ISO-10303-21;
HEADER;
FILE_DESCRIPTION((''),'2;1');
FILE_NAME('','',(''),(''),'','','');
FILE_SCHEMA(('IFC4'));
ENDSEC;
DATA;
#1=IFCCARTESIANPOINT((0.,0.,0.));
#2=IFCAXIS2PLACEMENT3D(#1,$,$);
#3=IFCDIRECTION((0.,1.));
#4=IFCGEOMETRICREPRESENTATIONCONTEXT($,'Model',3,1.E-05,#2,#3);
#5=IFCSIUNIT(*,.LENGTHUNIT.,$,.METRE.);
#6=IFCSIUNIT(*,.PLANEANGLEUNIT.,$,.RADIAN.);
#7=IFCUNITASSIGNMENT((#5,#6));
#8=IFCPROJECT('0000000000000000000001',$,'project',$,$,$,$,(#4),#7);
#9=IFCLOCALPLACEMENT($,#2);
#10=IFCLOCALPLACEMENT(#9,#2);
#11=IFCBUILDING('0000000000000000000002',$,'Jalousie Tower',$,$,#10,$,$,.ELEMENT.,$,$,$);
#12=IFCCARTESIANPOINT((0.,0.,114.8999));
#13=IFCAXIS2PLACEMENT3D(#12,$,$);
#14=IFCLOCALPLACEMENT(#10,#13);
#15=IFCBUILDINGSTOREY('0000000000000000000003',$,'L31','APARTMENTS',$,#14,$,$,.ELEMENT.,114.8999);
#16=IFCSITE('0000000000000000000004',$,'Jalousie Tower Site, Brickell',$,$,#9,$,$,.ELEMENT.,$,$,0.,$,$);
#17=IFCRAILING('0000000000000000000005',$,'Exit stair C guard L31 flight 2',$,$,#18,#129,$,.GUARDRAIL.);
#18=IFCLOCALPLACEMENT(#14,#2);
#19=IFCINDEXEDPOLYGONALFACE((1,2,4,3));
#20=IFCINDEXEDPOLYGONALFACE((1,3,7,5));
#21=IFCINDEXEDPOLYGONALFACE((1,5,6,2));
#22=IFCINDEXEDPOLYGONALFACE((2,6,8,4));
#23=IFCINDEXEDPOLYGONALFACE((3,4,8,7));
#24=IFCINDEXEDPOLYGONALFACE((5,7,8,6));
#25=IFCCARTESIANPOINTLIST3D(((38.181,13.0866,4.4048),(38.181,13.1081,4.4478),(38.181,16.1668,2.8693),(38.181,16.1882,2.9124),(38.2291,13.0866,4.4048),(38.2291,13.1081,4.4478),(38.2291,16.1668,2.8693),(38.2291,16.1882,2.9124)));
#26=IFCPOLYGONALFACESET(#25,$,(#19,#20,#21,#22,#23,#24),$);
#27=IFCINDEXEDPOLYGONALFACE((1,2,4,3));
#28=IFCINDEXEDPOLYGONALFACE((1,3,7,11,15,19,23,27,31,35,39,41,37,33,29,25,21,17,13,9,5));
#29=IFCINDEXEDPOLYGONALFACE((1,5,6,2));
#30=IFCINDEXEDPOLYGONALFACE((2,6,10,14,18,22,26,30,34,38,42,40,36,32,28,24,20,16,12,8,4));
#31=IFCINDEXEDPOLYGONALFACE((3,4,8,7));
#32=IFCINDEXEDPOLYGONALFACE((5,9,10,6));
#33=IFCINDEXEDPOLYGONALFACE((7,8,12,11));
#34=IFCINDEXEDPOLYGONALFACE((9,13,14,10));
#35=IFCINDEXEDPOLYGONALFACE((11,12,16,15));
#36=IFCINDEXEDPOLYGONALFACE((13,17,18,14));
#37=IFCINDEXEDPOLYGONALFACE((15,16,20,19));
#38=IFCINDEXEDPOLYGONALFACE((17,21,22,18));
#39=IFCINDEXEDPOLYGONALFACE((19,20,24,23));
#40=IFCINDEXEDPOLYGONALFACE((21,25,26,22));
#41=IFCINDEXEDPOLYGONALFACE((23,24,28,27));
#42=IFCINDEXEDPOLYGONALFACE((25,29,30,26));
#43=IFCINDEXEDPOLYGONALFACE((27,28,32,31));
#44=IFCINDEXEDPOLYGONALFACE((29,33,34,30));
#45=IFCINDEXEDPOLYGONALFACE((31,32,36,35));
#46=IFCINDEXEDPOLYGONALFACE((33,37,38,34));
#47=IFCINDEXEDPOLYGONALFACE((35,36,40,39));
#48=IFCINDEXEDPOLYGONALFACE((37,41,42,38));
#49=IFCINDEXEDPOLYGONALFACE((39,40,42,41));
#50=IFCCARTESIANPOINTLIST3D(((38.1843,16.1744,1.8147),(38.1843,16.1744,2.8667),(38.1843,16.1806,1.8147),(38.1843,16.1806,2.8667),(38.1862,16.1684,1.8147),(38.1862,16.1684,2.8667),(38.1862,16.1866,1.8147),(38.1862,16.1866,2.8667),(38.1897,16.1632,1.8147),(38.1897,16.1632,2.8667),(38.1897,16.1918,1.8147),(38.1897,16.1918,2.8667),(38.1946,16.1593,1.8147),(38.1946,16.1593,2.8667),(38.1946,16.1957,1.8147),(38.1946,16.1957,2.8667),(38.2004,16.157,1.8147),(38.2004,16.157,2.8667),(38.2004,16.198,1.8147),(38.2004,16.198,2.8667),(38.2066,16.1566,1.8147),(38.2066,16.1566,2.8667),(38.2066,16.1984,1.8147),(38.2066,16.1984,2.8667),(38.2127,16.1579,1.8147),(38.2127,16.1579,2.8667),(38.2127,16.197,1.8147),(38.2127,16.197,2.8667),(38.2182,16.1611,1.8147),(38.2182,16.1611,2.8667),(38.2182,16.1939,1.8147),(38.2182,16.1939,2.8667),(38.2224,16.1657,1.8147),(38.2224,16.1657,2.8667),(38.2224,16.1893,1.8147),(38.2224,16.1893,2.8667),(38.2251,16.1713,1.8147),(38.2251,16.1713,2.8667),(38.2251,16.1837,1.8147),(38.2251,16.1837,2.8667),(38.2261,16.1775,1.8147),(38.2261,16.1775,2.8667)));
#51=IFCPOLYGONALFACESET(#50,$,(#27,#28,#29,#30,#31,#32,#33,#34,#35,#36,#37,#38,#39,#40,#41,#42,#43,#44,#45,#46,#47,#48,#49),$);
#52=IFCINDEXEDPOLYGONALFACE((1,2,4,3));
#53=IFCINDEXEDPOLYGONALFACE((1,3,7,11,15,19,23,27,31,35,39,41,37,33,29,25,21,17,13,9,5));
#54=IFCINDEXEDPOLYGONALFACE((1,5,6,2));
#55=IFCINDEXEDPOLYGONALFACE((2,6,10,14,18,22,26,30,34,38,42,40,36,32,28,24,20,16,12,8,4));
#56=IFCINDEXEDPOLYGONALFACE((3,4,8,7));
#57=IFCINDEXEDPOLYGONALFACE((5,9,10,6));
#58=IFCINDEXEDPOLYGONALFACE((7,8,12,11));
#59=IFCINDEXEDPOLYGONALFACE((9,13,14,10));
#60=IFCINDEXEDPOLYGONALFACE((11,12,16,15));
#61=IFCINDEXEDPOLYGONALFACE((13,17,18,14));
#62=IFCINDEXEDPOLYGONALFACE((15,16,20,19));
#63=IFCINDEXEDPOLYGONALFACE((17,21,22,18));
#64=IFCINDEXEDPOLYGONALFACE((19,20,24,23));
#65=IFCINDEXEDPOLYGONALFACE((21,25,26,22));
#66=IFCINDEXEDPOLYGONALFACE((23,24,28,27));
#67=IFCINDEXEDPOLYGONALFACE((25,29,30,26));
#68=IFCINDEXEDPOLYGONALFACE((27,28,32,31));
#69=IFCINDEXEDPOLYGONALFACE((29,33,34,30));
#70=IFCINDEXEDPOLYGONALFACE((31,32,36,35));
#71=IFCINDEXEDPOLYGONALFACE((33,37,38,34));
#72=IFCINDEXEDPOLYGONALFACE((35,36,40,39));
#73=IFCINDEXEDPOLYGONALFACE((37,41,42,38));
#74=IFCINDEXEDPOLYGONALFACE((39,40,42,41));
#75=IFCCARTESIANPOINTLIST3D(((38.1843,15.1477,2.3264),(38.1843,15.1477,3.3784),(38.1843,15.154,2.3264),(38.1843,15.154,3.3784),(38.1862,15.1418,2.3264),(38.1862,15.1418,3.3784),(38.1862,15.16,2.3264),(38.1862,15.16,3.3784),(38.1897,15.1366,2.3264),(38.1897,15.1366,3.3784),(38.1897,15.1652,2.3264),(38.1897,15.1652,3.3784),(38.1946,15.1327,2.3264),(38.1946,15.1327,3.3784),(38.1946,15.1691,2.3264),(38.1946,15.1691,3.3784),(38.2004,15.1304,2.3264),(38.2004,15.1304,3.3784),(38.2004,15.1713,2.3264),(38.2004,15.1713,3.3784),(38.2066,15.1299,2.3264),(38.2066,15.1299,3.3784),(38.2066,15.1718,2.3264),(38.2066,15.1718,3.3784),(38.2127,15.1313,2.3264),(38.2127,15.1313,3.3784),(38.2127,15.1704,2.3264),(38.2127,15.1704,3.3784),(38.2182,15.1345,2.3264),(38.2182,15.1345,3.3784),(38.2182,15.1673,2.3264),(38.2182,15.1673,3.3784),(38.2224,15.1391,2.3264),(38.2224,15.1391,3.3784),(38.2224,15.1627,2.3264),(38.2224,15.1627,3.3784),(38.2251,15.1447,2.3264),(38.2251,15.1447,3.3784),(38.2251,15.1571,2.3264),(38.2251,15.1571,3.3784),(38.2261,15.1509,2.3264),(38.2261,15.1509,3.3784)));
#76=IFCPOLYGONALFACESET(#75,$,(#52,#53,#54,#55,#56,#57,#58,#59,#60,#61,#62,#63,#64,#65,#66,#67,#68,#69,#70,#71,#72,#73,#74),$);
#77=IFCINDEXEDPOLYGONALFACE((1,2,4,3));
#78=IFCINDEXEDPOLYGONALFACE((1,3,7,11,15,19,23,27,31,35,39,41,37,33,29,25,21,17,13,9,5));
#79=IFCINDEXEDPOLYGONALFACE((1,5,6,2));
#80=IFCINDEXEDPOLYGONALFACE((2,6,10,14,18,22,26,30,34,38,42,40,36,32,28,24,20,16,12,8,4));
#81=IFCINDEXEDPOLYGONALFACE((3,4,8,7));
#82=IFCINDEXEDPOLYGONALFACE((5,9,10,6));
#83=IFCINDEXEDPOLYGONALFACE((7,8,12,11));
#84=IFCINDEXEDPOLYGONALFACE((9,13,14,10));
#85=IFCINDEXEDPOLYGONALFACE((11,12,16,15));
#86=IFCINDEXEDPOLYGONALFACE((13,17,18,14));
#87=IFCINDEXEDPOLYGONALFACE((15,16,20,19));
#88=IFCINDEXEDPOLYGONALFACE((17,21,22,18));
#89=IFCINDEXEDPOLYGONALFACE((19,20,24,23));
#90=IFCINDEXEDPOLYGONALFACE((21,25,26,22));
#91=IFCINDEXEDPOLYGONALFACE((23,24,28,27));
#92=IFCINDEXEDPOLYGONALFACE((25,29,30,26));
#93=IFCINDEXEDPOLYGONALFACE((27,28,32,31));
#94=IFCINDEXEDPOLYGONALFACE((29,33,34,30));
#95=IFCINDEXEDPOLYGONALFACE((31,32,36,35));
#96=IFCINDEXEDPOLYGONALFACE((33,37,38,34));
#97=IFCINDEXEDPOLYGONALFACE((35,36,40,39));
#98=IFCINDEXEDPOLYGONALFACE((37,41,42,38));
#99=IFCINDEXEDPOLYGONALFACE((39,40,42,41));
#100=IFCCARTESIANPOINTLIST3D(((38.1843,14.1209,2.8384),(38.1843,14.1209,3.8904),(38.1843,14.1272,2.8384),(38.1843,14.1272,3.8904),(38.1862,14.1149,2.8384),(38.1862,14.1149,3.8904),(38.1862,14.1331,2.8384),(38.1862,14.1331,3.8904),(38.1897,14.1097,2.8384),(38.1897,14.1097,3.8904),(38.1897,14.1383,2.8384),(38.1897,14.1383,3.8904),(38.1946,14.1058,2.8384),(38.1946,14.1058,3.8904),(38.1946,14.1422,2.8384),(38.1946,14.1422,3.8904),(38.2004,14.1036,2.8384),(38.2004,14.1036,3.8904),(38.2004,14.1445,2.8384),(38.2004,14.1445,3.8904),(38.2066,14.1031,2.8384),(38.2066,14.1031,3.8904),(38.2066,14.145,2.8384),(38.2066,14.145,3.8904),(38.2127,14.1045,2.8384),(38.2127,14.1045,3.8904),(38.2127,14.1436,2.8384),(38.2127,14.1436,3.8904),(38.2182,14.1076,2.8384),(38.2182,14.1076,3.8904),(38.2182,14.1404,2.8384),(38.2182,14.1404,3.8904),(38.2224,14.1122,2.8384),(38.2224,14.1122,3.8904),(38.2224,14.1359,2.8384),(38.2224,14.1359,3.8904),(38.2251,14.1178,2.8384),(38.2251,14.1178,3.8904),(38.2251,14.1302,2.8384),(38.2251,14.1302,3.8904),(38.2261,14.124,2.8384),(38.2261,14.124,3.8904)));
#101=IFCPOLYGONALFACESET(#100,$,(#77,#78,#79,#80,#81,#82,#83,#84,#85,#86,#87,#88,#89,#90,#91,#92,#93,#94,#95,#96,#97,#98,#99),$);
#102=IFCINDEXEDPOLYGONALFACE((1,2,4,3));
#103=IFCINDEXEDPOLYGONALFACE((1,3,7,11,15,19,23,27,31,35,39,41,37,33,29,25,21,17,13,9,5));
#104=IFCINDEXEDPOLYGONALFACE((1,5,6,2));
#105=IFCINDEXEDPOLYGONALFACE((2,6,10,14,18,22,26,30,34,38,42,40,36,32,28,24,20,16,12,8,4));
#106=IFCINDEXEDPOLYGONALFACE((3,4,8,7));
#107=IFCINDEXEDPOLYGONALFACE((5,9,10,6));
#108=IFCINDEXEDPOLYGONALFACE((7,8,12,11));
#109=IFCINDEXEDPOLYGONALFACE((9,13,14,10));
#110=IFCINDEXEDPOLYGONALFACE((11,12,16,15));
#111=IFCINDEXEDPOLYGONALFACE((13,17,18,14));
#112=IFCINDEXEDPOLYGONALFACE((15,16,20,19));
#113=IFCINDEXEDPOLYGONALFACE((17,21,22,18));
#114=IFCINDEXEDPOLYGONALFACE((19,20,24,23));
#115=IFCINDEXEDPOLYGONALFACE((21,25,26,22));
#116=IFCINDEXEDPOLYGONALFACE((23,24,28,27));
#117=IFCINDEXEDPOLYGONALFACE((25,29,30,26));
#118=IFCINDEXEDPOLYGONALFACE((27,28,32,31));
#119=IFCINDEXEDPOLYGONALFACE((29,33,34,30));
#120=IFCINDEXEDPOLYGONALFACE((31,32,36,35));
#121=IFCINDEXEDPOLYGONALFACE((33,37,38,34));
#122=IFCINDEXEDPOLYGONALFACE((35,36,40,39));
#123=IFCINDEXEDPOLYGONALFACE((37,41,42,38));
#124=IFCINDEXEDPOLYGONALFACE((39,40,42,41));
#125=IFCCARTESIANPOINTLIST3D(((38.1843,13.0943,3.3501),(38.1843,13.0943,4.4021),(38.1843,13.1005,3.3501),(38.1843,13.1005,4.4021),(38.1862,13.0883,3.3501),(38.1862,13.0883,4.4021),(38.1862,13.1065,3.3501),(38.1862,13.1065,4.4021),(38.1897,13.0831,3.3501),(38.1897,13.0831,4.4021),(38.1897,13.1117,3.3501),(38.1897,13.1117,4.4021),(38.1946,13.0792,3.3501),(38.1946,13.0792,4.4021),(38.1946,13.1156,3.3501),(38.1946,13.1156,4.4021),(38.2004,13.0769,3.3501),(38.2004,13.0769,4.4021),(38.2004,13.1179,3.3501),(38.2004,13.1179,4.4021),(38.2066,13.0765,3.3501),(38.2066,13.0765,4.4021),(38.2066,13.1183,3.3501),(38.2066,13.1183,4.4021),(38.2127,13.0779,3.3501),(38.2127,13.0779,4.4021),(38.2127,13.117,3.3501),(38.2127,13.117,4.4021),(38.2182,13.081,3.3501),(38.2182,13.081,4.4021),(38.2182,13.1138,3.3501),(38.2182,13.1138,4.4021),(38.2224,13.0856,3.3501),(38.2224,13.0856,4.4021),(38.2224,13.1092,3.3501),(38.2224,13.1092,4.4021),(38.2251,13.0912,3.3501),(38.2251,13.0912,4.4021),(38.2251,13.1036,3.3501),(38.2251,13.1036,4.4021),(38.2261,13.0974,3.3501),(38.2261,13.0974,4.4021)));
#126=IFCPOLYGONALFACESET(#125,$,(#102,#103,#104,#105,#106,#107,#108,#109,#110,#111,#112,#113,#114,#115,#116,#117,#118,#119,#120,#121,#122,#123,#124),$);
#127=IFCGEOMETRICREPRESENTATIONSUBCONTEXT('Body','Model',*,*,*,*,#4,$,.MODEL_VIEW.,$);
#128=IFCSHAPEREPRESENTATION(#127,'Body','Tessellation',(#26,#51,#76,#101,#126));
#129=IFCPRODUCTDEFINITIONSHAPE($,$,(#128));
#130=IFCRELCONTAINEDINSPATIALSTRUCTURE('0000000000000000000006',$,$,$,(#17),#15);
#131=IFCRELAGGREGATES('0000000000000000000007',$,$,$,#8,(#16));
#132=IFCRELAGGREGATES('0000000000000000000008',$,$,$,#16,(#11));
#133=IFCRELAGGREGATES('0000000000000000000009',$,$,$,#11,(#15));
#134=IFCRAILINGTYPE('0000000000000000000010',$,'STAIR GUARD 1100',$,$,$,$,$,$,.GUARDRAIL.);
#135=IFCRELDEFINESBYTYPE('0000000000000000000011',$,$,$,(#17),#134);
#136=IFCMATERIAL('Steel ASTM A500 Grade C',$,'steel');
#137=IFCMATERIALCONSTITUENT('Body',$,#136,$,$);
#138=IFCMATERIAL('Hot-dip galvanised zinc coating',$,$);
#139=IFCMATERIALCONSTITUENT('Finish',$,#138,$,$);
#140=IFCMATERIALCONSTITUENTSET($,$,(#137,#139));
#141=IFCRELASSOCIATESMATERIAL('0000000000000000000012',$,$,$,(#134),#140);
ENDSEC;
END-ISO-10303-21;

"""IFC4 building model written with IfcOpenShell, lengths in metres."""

from ifc_helpers import new_model, si_unit, direction, frame, origin, origin_2d, place, context, subcontext, project, spatial, rectangle, circle, extrude, material, constituent, constituent_set, type_object, element, save


model = new_model("IFC4")

# Units and contexts
model_context = context("Model", 3, precision=1e-05, world=origin(), true_north=direction((0.0, 1.0)))
body_context = subcontext(model_context, "Body", "Model", "MODEL_VIEW")
ifc_project = project(units=[si_unit("LENGTHUNIT", "METRE"), si_unit("PLANEANGLEUNIT", "RADIAN")], contexts=[model_context])

# Site, building, storey
site_placement = place(None, origin())
site = spatial("IfcSite", under=ifc_project, at=site_placement, Name="Jalousie Tower Site, Brickell", CompositionType="ELEMENT", RefElevation=0.0)
building_placement = place(site_placement, origin())
building = spatial("IfcBuilding", under=site, at=building_placement, Name="Jalousie Tower", CompositionType="ELEMENT")
storey_placement = place(building_placement, frame((0.0, 0.0, 114.8999)))
storey = spatial("IfcBuildingStorey", under=building, at=storey_placement, Name="L31", Description="APARTMENTS", CompositionType="ELEMENT", Elevation=114.8999)

# Railing
ifc_material_1 = material(Name="Steel ASTM A500 Grade C", Category="steel")
ifc_constituent_1 = constituent(ifc_material_1, Name="Body")
ifc_material_2 = material(Name="Hot-dip galvanised zinc coating")
ifc_constituent_2 = constituent(ifc_material_2, Name="Finish")
ifc_constituent_set_1 = constituent_set(constituents=[ifc_constituent_1, ifc_constituent_2])
railing_type_1 = type_object("IfcRailingType", Name="STAIR GUARD 1100", PredefinedType="GUARDRAIL", material=ifc_constituent_set_1)
railing_1_placement = place(storey_placement, frame((38.2051, 16.1775, 1.8147)))
element("IfcRailing", 1, at=railing_1_placement, inside=storey, type_object=railing_type_1, Name="Exit stair C guard L31 flight 2", PredefinedType="GUARDRAIL", context=body_context, shape_type="SweptSolid", body=[
    extrude(rectangle(XDim=0.0481, YDim=0.0481, at=origin_2d()), frame((0.0, 0.0, 1.0762), z_axis=(0.0, -0.894966, 0.446135), x_axis=(1.0, 0.0, 0.0)), (0.0, 0.0, 1.0), 3.4417),
    extrude(circle(Radius=0.021, at=origin_2d()), origin(), (0.0, 0.0, 1.0), 1.052),
    extrude(circle(Radius=0.021, at=origin_2d()), frame((0.0, -1.0266, 0.5117)), (0.0, 0.0, 1.0), 1.052),
    extrude(circle(Radius=0.021, at=origin_2d()), frame((0.0, -2.0535, 1.0237)), (0.0, 0.0, 1.0), 1.052),
    extrude(circle(Radius=0.021, at=origin_2d()), frame((0.0, -3.0801, 1.5354)), (0.0, 0.0, 1.0), 1.052),
])

save(model, "model.ifc")
